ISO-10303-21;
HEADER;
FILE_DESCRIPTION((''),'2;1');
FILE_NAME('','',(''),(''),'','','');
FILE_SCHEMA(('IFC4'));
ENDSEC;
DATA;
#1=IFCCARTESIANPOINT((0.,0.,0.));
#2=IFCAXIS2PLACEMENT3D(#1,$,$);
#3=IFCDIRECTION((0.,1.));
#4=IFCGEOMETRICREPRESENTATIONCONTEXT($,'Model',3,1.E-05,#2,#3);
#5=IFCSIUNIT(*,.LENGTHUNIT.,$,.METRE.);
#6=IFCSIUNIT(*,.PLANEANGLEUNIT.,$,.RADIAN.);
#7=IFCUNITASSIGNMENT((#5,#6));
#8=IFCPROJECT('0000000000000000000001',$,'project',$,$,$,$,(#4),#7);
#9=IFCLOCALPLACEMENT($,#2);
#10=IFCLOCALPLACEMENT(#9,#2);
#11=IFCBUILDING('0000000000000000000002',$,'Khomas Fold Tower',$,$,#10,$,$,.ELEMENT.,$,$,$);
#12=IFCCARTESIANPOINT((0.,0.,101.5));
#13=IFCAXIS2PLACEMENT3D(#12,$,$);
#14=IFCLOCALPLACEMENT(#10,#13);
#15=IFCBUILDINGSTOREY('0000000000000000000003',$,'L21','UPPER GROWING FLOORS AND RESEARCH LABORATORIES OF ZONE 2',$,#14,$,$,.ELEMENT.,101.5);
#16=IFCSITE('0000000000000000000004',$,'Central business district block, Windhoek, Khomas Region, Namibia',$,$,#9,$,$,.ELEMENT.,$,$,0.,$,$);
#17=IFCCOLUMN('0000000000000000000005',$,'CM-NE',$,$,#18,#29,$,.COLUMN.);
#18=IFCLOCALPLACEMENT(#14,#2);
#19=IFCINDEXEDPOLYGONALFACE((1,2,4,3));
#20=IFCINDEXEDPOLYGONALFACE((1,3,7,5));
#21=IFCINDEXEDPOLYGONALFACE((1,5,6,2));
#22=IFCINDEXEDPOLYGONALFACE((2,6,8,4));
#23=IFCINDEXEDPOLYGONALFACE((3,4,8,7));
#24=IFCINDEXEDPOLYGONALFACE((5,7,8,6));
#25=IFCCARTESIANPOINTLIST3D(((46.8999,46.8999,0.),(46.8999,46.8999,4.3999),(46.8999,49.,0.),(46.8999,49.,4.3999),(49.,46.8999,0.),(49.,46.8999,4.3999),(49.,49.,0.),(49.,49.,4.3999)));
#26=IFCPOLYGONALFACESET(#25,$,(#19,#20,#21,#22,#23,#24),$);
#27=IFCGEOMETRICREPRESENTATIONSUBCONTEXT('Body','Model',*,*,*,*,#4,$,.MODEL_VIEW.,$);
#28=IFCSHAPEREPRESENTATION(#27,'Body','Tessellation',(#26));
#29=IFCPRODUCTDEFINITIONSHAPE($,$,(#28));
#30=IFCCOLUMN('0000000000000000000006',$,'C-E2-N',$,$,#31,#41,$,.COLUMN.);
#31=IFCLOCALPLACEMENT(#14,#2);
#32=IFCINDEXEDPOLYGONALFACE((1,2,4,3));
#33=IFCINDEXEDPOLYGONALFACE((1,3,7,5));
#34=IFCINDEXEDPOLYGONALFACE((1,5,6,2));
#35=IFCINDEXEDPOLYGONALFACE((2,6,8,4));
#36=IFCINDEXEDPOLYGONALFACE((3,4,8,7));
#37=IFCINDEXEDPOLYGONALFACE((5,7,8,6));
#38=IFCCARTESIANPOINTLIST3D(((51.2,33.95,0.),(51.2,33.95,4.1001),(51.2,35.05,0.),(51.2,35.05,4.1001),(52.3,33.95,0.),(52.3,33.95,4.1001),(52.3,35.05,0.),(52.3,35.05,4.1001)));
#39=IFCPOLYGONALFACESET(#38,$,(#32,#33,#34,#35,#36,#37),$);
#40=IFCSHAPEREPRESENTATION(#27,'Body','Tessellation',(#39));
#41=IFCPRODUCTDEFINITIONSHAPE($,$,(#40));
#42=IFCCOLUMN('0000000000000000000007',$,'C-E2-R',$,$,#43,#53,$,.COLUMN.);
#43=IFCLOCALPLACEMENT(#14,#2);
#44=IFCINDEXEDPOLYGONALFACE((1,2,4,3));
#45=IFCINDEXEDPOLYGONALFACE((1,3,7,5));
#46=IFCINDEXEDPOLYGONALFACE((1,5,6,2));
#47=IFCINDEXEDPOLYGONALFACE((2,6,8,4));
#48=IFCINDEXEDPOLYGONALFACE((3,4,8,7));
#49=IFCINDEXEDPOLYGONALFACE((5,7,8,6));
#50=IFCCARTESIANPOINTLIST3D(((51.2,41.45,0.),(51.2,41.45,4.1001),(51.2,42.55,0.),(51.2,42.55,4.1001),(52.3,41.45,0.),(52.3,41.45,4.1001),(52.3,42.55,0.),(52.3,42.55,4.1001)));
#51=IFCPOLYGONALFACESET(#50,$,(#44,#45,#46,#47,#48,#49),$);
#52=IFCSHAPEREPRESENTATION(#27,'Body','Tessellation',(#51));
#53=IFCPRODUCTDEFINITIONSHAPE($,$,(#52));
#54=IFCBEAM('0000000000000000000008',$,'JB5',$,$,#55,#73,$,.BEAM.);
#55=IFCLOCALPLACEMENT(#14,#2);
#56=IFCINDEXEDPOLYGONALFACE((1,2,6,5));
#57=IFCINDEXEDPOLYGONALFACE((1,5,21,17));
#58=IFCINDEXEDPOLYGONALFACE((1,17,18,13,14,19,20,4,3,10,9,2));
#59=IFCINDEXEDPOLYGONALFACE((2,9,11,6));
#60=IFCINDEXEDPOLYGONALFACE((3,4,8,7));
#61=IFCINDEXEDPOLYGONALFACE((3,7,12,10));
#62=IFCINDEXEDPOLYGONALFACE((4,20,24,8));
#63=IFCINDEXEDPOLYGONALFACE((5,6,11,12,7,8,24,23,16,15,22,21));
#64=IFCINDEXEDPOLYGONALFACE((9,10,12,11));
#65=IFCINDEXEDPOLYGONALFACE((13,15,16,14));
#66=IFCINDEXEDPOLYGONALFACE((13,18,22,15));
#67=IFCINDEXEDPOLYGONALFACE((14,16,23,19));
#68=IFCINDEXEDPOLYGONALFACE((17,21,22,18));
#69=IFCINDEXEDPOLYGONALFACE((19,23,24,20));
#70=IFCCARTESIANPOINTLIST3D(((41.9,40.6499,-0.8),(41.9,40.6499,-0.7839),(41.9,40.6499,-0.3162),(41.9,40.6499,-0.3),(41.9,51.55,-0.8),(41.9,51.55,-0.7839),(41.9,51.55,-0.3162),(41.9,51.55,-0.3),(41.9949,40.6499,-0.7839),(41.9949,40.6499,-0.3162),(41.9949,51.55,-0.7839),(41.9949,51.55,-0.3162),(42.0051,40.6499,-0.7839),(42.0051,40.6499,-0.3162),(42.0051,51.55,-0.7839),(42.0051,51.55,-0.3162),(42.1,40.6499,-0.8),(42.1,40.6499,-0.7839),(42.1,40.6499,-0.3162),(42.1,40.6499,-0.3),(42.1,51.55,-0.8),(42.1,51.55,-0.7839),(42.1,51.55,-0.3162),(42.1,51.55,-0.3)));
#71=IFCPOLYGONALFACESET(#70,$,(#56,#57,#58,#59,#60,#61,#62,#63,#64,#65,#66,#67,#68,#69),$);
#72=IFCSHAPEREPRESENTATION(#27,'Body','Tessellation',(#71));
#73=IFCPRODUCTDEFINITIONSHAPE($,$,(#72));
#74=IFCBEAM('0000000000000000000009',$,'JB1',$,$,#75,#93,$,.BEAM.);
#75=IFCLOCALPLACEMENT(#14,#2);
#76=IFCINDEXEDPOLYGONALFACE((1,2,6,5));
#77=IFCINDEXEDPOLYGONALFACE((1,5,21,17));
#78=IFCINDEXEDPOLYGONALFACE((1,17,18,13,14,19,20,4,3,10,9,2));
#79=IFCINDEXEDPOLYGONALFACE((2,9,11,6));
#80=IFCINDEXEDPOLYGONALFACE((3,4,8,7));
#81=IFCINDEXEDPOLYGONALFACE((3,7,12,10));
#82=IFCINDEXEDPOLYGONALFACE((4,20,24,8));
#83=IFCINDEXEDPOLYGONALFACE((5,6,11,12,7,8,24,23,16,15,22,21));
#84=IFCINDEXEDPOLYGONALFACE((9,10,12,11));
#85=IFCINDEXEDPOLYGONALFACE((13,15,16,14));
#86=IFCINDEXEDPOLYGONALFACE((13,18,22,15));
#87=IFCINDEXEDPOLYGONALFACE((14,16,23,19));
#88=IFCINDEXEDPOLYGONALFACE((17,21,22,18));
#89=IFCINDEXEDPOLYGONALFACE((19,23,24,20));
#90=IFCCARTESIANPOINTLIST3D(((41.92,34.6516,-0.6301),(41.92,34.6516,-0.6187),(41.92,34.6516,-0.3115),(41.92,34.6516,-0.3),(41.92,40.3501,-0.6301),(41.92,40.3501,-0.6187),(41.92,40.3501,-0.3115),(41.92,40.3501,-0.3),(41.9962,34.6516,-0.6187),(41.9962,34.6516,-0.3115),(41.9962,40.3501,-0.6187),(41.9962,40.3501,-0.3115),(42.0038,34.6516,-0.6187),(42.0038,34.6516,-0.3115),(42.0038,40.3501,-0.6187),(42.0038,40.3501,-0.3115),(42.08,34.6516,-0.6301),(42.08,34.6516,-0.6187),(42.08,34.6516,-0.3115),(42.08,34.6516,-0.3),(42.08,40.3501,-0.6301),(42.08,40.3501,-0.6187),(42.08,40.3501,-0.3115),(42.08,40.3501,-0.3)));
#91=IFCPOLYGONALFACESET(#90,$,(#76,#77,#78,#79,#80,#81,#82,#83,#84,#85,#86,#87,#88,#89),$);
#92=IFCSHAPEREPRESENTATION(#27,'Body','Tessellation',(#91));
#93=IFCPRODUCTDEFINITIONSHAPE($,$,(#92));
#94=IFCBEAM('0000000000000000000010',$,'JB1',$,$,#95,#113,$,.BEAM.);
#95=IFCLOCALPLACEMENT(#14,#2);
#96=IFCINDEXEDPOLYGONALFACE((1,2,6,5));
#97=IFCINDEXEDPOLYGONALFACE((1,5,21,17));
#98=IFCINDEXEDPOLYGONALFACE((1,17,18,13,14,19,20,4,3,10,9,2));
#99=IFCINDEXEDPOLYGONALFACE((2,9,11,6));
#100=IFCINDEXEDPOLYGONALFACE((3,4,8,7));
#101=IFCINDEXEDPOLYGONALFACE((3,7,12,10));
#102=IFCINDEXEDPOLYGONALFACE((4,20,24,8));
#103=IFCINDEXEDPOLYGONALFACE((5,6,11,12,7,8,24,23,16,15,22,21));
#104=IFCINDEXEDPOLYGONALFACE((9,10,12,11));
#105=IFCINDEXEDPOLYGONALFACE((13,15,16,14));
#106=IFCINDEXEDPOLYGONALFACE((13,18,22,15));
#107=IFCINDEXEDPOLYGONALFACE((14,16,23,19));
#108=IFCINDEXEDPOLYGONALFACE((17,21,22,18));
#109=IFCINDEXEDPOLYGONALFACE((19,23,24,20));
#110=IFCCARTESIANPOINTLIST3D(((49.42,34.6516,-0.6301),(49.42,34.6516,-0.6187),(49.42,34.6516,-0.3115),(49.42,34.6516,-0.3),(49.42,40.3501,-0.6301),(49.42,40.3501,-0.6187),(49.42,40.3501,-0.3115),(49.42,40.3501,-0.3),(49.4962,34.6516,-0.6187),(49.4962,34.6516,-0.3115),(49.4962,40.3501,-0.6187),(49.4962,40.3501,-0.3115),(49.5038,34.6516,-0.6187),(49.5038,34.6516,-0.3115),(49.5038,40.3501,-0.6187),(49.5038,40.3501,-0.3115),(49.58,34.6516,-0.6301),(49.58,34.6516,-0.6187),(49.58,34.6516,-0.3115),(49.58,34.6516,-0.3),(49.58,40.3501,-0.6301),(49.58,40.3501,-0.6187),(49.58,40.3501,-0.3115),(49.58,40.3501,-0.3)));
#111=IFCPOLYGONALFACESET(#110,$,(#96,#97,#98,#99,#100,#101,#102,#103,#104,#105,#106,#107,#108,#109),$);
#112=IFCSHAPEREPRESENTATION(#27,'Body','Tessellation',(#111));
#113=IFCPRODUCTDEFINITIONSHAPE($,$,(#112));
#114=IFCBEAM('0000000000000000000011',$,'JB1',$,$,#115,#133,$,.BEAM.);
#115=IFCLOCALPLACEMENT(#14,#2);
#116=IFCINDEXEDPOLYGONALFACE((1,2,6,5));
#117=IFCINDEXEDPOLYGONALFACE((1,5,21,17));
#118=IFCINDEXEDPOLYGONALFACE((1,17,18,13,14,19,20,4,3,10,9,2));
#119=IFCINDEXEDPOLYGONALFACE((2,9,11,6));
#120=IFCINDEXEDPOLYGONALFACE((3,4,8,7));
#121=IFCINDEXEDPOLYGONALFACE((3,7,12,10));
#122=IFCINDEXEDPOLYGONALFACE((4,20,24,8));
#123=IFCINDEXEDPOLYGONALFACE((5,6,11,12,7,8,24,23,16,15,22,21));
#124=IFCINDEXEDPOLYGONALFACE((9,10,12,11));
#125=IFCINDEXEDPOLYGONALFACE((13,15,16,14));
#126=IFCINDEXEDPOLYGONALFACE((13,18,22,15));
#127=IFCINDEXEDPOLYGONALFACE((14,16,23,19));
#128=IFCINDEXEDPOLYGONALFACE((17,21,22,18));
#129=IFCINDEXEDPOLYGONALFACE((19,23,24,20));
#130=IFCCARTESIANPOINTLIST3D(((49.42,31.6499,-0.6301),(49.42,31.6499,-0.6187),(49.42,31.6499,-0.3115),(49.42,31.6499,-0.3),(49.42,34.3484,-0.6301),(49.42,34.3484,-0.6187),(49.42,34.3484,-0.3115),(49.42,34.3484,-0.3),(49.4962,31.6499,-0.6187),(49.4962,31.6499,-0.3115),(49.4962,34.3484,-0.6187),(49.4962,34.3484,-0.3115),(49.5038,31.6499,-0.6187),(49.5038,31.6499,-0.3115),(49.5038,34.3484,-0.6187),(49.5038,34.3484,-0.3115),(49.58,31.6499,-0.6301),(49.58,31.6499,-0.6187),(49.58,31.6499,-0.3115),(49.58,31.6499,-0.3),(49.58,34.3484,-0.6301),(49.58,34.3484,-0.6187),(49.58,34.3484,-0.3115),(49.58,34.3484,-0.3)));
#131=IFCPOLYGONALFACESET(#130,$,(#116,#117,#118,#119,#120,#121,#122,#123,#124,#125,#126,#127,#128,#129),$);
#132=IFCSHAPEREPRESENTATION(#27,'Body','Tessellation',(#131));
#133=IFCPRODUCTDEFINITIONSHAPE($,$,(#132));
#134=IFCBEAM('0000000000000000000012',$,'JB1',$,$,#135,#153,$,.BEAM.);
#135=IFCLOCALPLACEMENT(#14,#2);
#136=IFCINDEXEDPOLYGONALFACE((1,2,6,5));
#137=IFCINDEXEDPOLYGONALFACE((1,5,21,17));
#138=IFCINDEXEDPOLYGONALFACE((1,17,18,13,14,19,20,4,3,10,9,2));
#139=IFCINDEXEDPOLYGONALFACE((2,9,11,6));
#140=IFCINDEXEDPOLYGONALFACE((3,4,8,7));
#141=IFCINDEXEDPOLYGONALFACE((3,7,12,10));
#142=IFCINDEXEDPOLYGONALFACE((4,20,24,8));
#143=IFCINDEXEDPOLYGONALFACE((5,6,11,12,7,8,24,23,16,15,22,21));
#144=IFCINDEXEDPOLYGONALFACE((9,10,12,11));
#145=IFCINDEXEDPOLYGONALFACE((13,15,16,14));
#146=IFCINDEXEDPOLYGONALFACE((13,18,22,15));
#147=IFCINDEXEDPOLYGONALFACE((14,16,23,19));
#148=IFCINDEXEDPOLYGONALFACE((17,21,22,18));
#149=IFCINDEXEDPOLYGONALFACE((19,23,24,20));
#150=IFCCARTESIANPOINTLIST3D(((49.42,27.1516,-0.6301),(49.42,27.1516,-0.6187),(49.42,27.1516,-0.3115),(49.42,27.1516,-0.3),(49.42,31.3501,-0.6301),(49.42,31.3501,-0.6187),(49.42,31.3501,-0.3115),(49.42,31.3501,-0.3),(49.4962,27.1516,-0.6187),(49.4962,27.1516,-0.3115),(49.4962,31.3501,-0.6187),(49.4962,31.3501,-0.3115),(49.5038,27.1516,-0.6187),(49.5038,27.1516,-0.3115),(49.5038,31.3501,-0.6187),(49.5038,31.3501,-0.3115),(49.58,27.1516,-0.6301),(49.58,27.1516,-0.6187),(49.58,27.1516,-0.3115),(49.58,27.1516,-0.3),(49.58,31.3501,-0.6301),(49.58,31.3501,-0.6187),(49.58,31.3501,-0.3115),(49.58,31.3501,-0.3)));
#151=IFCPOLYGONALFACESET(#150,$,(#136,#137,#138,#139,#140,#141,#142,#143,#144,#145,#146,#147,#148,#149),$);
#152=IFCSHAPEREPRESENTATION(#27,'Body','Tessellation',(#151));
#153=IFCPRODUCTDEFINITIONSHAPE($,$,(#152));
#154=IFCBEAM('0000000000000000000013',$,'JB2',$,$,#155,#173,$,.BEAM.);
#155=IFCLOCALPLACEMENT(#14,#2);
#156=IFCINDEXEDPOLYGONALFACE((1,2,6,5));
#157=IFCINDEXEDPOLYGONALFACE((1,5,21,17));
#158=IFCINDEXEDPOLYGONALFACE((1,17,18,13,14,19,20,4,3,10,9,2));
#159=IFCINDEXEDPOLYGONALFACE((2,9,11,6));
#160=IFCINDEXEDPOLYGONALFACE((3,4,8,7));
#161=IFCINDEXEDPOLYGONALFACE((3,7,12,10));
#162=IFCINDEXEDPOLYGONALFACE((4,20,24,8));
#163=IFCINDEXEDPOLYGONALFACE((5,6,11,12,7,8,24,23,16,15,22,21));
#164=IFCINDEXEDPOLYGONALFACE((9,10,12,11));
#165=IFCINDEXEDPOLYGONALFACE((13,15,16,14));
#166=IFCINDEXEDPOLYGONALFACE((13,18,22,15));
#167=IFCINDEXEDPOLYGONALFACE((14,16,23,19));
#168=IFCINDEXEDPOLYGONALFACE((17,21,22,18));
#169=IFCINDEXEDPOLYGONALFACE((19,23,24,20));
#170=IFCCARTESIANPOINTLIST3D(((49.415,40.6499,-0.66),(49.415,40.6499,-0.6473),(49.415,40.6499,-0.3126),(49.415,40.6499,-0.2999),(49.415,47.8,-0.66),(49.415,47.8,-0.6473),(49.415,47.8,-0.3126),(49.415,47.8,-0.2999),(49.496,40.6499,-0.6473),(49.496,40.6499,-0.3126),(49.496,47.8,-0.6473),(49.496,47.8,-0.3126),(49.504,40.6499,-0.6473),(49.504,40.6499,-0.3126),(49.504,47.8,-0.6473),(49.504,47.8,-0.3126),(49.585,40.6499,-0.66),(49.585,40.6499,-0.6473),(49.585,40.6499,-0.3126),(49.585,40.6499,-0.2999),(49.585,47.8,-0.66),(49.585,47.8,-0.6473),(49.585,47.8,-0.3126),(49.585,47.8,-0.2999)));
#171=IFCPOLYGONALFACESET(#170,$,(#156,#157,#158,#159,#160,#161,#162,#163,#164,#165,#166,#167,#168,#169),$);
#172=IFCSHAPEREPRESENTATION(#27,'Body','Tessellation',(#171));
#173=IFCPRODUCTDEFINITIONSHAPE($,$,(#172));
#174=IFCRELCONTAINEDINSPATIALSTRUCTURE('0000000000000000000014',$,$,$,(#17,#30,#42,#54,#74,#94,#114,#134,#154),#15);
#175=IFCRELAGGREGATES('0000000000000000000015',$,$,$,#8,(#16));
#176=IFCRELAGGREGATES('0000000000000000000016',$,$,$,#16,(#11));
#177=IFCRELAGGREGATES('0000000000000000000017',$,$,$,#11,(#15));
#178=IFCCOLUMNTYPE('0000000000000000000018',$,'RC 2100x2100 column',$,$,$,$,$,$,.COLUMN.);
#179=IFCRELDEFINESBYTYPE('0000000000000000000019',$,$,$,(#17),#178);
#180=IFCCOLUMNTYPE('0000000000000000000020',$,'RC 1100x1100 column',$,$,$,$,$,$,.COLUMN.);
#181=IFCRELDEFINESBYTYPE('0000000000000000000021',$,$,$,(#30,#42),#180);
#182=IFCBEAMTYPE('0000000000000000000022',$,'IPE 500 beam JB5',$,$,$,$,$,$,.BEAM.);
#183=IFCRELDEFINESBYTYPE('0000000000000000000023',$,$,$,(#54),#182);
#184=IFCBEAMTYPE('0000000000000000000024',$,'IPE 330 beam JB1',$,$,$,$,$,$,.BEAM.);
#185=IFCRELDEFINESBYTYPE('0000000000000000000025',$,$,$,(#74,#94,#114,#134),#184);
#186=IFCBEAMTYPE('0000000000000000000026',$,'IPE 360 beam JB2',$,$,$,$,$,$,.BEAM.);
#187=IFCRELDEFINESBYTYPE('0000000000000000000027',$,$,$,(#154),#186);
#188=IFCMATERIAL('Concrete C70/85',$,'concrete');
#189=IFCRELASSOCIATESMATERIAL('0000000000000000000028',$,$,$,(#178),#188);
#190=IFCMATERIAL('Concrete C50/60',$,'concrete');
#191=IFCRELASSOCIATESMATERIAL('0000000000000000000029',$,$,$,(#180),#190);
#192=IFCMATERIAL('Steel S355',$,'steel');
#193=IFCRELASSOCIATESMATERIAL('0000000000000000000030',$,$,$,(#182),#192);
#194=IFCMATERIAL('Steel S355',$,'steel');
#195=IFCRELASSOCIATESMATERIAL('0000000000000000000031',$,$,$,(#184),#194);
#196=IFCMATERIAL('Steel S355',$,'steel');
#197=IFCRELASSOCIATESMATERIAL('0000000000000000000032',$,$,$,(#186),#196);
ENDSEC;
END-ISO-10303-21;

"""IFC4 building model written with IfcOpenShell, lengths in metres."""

from ifc_helpers import new_model, si_unit, direction, frame, origin, origin_2d, place, context, subcontext, project, spatial, rectangle, i_section, extrude, source, transform, mapped, material, material_profile, profile_set, type_object, element, save


model = new_model("IFC4")

# Units and contexts
model_context = context("Model", 3, precision=1e-05, world=origin(), true_north=direction((0.0, 1.0)))
body_context = subcontext(model_context, "Body", "Model", "MODEL_VIEW")
ifc_project = project(units=[si_unit("LENGTHUNIT", "METRE"), si_unit("PLANEANGLEUNIT", "RADIAN")], contexts=[model_context])

# Site, building, storey
site_placement = place(None, origin())
site = spatial("IfcSite", under=ifc_project, at=site_placement, Name="Central business district block, Windhoek, Khomas Region, Namibia", CompositionType="ELEMENT", RefElevation=0.0)
building_placement = place(site_placement, origin())
building = spatial("IfcBuilding", under=site, at=building_placement, Name="Khomas Fold Tower", CompositionType="ELEMENT")
storey_placement = place(building_placement, frame((0.0, 0.0, 101.5)))
storey = spatial("IfcBuildingStorey", under=building, at=storey_placement, Name="L21", Description="UPPER GROWING FLOORS AND RESEARCH LABORATORIES OF ZONE 2", CompositionType="ELEMENT", Elevation=101.5)

# Columns
ifc_material_1 = material(Name="Concrete C70/85", Category="concrete")
ifc_material_profile_1 = material_profile(ifc_material_1, rectangle(XDim=2.1001, YDim=2.1001, at=origin_2d()), Name="RC 2100x2100")
ifc_profile_set_1 = profile_set([ifc_material_profile_1], Name="Concrete C70/85")
column_type_1 = type_object("IfcColumnType", Name="RC 2100x2100 column", PredefinedType="COLUMN", material=ifc_profile_set_1)
shared_shape_1 = source(origin(), body_context, "Body", "SweptSolid", [
    extrude(rectangle(XDim=2.1001, YDim=2.1001, at=origin_2d()), origin(), (0.0, 0.0, 1.0), 4.3999),
])
column_placement = place(storey_placement, frame((47.95, 47.95, 0.0), z_axis=(0.0, 0.0, 1.0), x_axis=(1.0, 0.0, 0.0)))
element("IfcColumn", 1, at=column_placement, inside=storey, type_object=column_type_1, Name="CM-NE", PredefinedType="COLUMN", context=body_context, shape_type="MappedRepresentation", body=[
    mapped(shared_shape_1, transform((0.0, 0.0, 0.0))),
])
ifc_material_2 = material(Name="Concrete C50/60", Category="concrete")
ifc_material_profile_2 = material_profile(ifc_material_2, rectangle(XDim=1.1001, YDim=1.1001, at=origin_2d()), Name="RC 1100x1100")
ifc_profile_set_2 = profile_set([ifc_material_profile_2], Name="Concrete C50/60")
column_type_2 = type_object("IfcColumnType", Name="RC 1100x1100 column", PredefinedType="COLUMN", material=ifc_profile_set_2)
shared_shape_2 = source(origin(), body_context, "Body", "SweptSolid", [
    extrude(rectangle(XDim=1.1001, YDim=1.1001, at=origin_2d()), origin(), (0.0, 0.0, 1.0), 4.1001),
])
for number, where, z_axis, x_axis, name in (
    (2, (51.75, 34.5, 0.0), (0.0, 0.0, 1.0), (1.0, 0.0, 0.0), "C-E2-N"),
    (3, (51.75, 42.0, 0.0), (0.0, 0.0, 1.0), (1.0, 0.0, 0.0), "C-E2-R"),
):
    element("IfcColumn", number, at=place(storey_placement, frame(where, z_axis=z_axis, x_axis=x_axis)), inside=storey, type_object=column_type_2, Name=name, PredefinedType="COLUMN", context=body_context, shape_type="MappedRepresentation", body=[
        mapped(shared_shape_2, transform((0.0, 0.0, 0.0))),
    ])

# Beams
ifc_material_3 = material(Name="Steel S355", Category="steel")
ifc_material_profile_3 = material_profile(ifc_material_3, i_section(OverallWidth=0.2, OverallDepth=0.5, WebThickness=0.0103, FlangeThickness=0.0161, at=origin_2d()), Name="IPE 500")
ifc_profile_set_3 = profile_set([ifc_material_profile_3], Name="Steel S355")
beam_type_1 = type_object("IfcBeamType", Name="IPE 500 beam JB5", PredefinedType="BEAM", material=ifc_profile_set_3)
shared_shape_3 = source(origin(), body_context, "Body", "SweptSolid", [
    extrude(i_section(OverallWidth=0.2, OverallDepth=0.5, WebThickness=0.0103, FlangeThickness=0.0161, at=origin_2d()), origin(), (0.0, 0.0, 1.0), 10.9001),
])
beam_1_placement = place(storey_placement, frame((42.0, 40.6499, -0.55), z_axis=(0.0, 1.0, 0.0), x_axis=(-1.0, 0.0, 0.0)))
element("IfcBeam", 4, at=beam_1_placement, inside=storey, type_object=beam_type_1, Name="JB5", PredefinedType="BEAM", context=body_context, shape_type="MappedRepresentation", body=[
    mapped(shared_shape_3, transform((0.0, 0.0, 0.0))),
])
ifc_material_4 = material(Name="Steel S355", Category="steel")
ifc_material_profile_4 = material_profile(ifc_material_4, i_section(OverallWidth=0.1599, OverallDepth=0.3301, WebThickness=0.0076, FlangeThickness=0.0115, at=origin_2d()), Name="IPE 330")
ifc_profile_set_4 = profile_set([ifc_material_profile_4], Name="Steel S355")
beam_type_2 = type_object("IfcBeamType", Name="IPE 330 beam JB1", PredefinedType="BEAM", material=ifc_profile_set_4)
shared_shape_4 = source(origin(), body_context, "Body", "SweptSolid", [
    extrude(i_section(OverallWidth=0.1599, OverallDepth=0.3301, WebThickness=0.0076, FlangeThickness=0.0115, at=origin_2d()), origin(), (0.0, 0.0, 1.0), 5.6985),
])
for number, where, z_axis, x_axis, name in (
    (5, (42.0, 34.6516, -0.4651), (0.0, 1.0, 0.0), (-1.0, 0.0, 0.0), "JB1"),
    (6, (49.5, 34.6516, -0.4651), (0.0, 1.0, 0.0), (-1.0, 0.0, 0.0), "JB1"),
):
    element("IfcBeam", number, at=place(storey_placement, frame(where, z_axis=z_axis, x_axis=x_axis)), inside=storey, type_object=beam_type_2, Name=name, PredefinedType="BEAM", context=body_context, shape_type="MappedRepresentation", body=[
        mapped(shared_shape_4, transform((0.0, 0.0, 0.0))),
    ])
shared_shape_5 = source(origin(), body_context, "Body", "SweptSolid", [
    extrude(i_section(OverallWidth=0.1599, OverallDepth=0.3301, WebThickness=0.0076, FlangeThickness=0.0115, at=origin_2d()), origin(), (0.0, 0.0, 1.0), 2.6985),
])
beam_2_placement = place(storey_placement, frame((49.5, 31.6499, -0.4651), z_axis=(0.0, 1.0, 0.0), x_axis=(-1.0, 0.0, 0.0)))
element("IfcBeam", 7, at=beam_2_placement, inside=storey, type_object=beam_type_2, Name="JB1", PredefinedType="BEAM", context=body_context, shape_type="MappedRepresentation", body=[
    mapped(shared_shape_5, transform((0.0, 0.0, 0.0))),
])
shared_shape_6 = source(origin(), body_context, "Body", "SweptSolid", [
    extrude(i_section(OverallWidth=0.1599, OverallDepth=0.3301, WebThickness=0.0076, FlangeThickness=0.0115, at=origin_2d()), origin(), (0.0, 0.0, 1.0), 4.1985),
])
beam_3_placement = place(storey_placement, frame((49.5, 27.1516, -0.4651), z_axis=(0.0, 1.0, 0.0), x_axis=(-1.0, 0.0, 0.0)))
element("IfcBeam", 8, at=beam_3_placement, inside=storey, type_object=beam_type_2, Name="JB1", PredefinedType="BEAM", context=body_context, shape_type="MappedRepresentation", body=[
    mapped(shared_shape_6, transform((0.0, 0.0, 0.0))),
])
ifc_material_5 = material(Name="Steel S355", Category="steel")
ifc_material_profile_5 = material_profile(ifc_material_5, i_section(OverallWidth=0.1699, OverallDepth=0.3601, WebThickness=0.0081, FlangeThickness=0.0127, at=origin_2d()), Name="IPE 360")
ifc_profile_set_5 = profile_set([ifc_material_profile_5], Name="Steel S355")
beam_type_3 = type_object("IfcBeamType", Name="IPE 360 beam JB2", PredefinedType="BEAM", material=ifc_profile_set_5)
shared_shape_7 = source(origin(), body_context, "Body", "SweptSolid", [
    extrude(i_section(OverallWidth=0.1699, OverallDepth=0.3601, WebThickness=0.0081, FlangeThickness=0.0127, at=origin_2d()), origin(), (0.0, 0.0, 1.0), 7.1501),
])
beam_4_placement = place(storey_placement, frame((49.5, 40.6499, -0.48), z_axis=(0.0, 1.0, 0.0), x_axis=(-1.0, 0.0, 0.0)))
element("IfcBeam", 9, at=beam_4_placement, inside=storey, type_object=beam_type_3, Name="JB2", PredefinedType="BEAM", context=body_context, shape_type="MappedRepresentation", body=[
    mapped(shared_shape_7, transform((0.0, 0.0, 0.0))),
])

save(model, "model.ifc")
